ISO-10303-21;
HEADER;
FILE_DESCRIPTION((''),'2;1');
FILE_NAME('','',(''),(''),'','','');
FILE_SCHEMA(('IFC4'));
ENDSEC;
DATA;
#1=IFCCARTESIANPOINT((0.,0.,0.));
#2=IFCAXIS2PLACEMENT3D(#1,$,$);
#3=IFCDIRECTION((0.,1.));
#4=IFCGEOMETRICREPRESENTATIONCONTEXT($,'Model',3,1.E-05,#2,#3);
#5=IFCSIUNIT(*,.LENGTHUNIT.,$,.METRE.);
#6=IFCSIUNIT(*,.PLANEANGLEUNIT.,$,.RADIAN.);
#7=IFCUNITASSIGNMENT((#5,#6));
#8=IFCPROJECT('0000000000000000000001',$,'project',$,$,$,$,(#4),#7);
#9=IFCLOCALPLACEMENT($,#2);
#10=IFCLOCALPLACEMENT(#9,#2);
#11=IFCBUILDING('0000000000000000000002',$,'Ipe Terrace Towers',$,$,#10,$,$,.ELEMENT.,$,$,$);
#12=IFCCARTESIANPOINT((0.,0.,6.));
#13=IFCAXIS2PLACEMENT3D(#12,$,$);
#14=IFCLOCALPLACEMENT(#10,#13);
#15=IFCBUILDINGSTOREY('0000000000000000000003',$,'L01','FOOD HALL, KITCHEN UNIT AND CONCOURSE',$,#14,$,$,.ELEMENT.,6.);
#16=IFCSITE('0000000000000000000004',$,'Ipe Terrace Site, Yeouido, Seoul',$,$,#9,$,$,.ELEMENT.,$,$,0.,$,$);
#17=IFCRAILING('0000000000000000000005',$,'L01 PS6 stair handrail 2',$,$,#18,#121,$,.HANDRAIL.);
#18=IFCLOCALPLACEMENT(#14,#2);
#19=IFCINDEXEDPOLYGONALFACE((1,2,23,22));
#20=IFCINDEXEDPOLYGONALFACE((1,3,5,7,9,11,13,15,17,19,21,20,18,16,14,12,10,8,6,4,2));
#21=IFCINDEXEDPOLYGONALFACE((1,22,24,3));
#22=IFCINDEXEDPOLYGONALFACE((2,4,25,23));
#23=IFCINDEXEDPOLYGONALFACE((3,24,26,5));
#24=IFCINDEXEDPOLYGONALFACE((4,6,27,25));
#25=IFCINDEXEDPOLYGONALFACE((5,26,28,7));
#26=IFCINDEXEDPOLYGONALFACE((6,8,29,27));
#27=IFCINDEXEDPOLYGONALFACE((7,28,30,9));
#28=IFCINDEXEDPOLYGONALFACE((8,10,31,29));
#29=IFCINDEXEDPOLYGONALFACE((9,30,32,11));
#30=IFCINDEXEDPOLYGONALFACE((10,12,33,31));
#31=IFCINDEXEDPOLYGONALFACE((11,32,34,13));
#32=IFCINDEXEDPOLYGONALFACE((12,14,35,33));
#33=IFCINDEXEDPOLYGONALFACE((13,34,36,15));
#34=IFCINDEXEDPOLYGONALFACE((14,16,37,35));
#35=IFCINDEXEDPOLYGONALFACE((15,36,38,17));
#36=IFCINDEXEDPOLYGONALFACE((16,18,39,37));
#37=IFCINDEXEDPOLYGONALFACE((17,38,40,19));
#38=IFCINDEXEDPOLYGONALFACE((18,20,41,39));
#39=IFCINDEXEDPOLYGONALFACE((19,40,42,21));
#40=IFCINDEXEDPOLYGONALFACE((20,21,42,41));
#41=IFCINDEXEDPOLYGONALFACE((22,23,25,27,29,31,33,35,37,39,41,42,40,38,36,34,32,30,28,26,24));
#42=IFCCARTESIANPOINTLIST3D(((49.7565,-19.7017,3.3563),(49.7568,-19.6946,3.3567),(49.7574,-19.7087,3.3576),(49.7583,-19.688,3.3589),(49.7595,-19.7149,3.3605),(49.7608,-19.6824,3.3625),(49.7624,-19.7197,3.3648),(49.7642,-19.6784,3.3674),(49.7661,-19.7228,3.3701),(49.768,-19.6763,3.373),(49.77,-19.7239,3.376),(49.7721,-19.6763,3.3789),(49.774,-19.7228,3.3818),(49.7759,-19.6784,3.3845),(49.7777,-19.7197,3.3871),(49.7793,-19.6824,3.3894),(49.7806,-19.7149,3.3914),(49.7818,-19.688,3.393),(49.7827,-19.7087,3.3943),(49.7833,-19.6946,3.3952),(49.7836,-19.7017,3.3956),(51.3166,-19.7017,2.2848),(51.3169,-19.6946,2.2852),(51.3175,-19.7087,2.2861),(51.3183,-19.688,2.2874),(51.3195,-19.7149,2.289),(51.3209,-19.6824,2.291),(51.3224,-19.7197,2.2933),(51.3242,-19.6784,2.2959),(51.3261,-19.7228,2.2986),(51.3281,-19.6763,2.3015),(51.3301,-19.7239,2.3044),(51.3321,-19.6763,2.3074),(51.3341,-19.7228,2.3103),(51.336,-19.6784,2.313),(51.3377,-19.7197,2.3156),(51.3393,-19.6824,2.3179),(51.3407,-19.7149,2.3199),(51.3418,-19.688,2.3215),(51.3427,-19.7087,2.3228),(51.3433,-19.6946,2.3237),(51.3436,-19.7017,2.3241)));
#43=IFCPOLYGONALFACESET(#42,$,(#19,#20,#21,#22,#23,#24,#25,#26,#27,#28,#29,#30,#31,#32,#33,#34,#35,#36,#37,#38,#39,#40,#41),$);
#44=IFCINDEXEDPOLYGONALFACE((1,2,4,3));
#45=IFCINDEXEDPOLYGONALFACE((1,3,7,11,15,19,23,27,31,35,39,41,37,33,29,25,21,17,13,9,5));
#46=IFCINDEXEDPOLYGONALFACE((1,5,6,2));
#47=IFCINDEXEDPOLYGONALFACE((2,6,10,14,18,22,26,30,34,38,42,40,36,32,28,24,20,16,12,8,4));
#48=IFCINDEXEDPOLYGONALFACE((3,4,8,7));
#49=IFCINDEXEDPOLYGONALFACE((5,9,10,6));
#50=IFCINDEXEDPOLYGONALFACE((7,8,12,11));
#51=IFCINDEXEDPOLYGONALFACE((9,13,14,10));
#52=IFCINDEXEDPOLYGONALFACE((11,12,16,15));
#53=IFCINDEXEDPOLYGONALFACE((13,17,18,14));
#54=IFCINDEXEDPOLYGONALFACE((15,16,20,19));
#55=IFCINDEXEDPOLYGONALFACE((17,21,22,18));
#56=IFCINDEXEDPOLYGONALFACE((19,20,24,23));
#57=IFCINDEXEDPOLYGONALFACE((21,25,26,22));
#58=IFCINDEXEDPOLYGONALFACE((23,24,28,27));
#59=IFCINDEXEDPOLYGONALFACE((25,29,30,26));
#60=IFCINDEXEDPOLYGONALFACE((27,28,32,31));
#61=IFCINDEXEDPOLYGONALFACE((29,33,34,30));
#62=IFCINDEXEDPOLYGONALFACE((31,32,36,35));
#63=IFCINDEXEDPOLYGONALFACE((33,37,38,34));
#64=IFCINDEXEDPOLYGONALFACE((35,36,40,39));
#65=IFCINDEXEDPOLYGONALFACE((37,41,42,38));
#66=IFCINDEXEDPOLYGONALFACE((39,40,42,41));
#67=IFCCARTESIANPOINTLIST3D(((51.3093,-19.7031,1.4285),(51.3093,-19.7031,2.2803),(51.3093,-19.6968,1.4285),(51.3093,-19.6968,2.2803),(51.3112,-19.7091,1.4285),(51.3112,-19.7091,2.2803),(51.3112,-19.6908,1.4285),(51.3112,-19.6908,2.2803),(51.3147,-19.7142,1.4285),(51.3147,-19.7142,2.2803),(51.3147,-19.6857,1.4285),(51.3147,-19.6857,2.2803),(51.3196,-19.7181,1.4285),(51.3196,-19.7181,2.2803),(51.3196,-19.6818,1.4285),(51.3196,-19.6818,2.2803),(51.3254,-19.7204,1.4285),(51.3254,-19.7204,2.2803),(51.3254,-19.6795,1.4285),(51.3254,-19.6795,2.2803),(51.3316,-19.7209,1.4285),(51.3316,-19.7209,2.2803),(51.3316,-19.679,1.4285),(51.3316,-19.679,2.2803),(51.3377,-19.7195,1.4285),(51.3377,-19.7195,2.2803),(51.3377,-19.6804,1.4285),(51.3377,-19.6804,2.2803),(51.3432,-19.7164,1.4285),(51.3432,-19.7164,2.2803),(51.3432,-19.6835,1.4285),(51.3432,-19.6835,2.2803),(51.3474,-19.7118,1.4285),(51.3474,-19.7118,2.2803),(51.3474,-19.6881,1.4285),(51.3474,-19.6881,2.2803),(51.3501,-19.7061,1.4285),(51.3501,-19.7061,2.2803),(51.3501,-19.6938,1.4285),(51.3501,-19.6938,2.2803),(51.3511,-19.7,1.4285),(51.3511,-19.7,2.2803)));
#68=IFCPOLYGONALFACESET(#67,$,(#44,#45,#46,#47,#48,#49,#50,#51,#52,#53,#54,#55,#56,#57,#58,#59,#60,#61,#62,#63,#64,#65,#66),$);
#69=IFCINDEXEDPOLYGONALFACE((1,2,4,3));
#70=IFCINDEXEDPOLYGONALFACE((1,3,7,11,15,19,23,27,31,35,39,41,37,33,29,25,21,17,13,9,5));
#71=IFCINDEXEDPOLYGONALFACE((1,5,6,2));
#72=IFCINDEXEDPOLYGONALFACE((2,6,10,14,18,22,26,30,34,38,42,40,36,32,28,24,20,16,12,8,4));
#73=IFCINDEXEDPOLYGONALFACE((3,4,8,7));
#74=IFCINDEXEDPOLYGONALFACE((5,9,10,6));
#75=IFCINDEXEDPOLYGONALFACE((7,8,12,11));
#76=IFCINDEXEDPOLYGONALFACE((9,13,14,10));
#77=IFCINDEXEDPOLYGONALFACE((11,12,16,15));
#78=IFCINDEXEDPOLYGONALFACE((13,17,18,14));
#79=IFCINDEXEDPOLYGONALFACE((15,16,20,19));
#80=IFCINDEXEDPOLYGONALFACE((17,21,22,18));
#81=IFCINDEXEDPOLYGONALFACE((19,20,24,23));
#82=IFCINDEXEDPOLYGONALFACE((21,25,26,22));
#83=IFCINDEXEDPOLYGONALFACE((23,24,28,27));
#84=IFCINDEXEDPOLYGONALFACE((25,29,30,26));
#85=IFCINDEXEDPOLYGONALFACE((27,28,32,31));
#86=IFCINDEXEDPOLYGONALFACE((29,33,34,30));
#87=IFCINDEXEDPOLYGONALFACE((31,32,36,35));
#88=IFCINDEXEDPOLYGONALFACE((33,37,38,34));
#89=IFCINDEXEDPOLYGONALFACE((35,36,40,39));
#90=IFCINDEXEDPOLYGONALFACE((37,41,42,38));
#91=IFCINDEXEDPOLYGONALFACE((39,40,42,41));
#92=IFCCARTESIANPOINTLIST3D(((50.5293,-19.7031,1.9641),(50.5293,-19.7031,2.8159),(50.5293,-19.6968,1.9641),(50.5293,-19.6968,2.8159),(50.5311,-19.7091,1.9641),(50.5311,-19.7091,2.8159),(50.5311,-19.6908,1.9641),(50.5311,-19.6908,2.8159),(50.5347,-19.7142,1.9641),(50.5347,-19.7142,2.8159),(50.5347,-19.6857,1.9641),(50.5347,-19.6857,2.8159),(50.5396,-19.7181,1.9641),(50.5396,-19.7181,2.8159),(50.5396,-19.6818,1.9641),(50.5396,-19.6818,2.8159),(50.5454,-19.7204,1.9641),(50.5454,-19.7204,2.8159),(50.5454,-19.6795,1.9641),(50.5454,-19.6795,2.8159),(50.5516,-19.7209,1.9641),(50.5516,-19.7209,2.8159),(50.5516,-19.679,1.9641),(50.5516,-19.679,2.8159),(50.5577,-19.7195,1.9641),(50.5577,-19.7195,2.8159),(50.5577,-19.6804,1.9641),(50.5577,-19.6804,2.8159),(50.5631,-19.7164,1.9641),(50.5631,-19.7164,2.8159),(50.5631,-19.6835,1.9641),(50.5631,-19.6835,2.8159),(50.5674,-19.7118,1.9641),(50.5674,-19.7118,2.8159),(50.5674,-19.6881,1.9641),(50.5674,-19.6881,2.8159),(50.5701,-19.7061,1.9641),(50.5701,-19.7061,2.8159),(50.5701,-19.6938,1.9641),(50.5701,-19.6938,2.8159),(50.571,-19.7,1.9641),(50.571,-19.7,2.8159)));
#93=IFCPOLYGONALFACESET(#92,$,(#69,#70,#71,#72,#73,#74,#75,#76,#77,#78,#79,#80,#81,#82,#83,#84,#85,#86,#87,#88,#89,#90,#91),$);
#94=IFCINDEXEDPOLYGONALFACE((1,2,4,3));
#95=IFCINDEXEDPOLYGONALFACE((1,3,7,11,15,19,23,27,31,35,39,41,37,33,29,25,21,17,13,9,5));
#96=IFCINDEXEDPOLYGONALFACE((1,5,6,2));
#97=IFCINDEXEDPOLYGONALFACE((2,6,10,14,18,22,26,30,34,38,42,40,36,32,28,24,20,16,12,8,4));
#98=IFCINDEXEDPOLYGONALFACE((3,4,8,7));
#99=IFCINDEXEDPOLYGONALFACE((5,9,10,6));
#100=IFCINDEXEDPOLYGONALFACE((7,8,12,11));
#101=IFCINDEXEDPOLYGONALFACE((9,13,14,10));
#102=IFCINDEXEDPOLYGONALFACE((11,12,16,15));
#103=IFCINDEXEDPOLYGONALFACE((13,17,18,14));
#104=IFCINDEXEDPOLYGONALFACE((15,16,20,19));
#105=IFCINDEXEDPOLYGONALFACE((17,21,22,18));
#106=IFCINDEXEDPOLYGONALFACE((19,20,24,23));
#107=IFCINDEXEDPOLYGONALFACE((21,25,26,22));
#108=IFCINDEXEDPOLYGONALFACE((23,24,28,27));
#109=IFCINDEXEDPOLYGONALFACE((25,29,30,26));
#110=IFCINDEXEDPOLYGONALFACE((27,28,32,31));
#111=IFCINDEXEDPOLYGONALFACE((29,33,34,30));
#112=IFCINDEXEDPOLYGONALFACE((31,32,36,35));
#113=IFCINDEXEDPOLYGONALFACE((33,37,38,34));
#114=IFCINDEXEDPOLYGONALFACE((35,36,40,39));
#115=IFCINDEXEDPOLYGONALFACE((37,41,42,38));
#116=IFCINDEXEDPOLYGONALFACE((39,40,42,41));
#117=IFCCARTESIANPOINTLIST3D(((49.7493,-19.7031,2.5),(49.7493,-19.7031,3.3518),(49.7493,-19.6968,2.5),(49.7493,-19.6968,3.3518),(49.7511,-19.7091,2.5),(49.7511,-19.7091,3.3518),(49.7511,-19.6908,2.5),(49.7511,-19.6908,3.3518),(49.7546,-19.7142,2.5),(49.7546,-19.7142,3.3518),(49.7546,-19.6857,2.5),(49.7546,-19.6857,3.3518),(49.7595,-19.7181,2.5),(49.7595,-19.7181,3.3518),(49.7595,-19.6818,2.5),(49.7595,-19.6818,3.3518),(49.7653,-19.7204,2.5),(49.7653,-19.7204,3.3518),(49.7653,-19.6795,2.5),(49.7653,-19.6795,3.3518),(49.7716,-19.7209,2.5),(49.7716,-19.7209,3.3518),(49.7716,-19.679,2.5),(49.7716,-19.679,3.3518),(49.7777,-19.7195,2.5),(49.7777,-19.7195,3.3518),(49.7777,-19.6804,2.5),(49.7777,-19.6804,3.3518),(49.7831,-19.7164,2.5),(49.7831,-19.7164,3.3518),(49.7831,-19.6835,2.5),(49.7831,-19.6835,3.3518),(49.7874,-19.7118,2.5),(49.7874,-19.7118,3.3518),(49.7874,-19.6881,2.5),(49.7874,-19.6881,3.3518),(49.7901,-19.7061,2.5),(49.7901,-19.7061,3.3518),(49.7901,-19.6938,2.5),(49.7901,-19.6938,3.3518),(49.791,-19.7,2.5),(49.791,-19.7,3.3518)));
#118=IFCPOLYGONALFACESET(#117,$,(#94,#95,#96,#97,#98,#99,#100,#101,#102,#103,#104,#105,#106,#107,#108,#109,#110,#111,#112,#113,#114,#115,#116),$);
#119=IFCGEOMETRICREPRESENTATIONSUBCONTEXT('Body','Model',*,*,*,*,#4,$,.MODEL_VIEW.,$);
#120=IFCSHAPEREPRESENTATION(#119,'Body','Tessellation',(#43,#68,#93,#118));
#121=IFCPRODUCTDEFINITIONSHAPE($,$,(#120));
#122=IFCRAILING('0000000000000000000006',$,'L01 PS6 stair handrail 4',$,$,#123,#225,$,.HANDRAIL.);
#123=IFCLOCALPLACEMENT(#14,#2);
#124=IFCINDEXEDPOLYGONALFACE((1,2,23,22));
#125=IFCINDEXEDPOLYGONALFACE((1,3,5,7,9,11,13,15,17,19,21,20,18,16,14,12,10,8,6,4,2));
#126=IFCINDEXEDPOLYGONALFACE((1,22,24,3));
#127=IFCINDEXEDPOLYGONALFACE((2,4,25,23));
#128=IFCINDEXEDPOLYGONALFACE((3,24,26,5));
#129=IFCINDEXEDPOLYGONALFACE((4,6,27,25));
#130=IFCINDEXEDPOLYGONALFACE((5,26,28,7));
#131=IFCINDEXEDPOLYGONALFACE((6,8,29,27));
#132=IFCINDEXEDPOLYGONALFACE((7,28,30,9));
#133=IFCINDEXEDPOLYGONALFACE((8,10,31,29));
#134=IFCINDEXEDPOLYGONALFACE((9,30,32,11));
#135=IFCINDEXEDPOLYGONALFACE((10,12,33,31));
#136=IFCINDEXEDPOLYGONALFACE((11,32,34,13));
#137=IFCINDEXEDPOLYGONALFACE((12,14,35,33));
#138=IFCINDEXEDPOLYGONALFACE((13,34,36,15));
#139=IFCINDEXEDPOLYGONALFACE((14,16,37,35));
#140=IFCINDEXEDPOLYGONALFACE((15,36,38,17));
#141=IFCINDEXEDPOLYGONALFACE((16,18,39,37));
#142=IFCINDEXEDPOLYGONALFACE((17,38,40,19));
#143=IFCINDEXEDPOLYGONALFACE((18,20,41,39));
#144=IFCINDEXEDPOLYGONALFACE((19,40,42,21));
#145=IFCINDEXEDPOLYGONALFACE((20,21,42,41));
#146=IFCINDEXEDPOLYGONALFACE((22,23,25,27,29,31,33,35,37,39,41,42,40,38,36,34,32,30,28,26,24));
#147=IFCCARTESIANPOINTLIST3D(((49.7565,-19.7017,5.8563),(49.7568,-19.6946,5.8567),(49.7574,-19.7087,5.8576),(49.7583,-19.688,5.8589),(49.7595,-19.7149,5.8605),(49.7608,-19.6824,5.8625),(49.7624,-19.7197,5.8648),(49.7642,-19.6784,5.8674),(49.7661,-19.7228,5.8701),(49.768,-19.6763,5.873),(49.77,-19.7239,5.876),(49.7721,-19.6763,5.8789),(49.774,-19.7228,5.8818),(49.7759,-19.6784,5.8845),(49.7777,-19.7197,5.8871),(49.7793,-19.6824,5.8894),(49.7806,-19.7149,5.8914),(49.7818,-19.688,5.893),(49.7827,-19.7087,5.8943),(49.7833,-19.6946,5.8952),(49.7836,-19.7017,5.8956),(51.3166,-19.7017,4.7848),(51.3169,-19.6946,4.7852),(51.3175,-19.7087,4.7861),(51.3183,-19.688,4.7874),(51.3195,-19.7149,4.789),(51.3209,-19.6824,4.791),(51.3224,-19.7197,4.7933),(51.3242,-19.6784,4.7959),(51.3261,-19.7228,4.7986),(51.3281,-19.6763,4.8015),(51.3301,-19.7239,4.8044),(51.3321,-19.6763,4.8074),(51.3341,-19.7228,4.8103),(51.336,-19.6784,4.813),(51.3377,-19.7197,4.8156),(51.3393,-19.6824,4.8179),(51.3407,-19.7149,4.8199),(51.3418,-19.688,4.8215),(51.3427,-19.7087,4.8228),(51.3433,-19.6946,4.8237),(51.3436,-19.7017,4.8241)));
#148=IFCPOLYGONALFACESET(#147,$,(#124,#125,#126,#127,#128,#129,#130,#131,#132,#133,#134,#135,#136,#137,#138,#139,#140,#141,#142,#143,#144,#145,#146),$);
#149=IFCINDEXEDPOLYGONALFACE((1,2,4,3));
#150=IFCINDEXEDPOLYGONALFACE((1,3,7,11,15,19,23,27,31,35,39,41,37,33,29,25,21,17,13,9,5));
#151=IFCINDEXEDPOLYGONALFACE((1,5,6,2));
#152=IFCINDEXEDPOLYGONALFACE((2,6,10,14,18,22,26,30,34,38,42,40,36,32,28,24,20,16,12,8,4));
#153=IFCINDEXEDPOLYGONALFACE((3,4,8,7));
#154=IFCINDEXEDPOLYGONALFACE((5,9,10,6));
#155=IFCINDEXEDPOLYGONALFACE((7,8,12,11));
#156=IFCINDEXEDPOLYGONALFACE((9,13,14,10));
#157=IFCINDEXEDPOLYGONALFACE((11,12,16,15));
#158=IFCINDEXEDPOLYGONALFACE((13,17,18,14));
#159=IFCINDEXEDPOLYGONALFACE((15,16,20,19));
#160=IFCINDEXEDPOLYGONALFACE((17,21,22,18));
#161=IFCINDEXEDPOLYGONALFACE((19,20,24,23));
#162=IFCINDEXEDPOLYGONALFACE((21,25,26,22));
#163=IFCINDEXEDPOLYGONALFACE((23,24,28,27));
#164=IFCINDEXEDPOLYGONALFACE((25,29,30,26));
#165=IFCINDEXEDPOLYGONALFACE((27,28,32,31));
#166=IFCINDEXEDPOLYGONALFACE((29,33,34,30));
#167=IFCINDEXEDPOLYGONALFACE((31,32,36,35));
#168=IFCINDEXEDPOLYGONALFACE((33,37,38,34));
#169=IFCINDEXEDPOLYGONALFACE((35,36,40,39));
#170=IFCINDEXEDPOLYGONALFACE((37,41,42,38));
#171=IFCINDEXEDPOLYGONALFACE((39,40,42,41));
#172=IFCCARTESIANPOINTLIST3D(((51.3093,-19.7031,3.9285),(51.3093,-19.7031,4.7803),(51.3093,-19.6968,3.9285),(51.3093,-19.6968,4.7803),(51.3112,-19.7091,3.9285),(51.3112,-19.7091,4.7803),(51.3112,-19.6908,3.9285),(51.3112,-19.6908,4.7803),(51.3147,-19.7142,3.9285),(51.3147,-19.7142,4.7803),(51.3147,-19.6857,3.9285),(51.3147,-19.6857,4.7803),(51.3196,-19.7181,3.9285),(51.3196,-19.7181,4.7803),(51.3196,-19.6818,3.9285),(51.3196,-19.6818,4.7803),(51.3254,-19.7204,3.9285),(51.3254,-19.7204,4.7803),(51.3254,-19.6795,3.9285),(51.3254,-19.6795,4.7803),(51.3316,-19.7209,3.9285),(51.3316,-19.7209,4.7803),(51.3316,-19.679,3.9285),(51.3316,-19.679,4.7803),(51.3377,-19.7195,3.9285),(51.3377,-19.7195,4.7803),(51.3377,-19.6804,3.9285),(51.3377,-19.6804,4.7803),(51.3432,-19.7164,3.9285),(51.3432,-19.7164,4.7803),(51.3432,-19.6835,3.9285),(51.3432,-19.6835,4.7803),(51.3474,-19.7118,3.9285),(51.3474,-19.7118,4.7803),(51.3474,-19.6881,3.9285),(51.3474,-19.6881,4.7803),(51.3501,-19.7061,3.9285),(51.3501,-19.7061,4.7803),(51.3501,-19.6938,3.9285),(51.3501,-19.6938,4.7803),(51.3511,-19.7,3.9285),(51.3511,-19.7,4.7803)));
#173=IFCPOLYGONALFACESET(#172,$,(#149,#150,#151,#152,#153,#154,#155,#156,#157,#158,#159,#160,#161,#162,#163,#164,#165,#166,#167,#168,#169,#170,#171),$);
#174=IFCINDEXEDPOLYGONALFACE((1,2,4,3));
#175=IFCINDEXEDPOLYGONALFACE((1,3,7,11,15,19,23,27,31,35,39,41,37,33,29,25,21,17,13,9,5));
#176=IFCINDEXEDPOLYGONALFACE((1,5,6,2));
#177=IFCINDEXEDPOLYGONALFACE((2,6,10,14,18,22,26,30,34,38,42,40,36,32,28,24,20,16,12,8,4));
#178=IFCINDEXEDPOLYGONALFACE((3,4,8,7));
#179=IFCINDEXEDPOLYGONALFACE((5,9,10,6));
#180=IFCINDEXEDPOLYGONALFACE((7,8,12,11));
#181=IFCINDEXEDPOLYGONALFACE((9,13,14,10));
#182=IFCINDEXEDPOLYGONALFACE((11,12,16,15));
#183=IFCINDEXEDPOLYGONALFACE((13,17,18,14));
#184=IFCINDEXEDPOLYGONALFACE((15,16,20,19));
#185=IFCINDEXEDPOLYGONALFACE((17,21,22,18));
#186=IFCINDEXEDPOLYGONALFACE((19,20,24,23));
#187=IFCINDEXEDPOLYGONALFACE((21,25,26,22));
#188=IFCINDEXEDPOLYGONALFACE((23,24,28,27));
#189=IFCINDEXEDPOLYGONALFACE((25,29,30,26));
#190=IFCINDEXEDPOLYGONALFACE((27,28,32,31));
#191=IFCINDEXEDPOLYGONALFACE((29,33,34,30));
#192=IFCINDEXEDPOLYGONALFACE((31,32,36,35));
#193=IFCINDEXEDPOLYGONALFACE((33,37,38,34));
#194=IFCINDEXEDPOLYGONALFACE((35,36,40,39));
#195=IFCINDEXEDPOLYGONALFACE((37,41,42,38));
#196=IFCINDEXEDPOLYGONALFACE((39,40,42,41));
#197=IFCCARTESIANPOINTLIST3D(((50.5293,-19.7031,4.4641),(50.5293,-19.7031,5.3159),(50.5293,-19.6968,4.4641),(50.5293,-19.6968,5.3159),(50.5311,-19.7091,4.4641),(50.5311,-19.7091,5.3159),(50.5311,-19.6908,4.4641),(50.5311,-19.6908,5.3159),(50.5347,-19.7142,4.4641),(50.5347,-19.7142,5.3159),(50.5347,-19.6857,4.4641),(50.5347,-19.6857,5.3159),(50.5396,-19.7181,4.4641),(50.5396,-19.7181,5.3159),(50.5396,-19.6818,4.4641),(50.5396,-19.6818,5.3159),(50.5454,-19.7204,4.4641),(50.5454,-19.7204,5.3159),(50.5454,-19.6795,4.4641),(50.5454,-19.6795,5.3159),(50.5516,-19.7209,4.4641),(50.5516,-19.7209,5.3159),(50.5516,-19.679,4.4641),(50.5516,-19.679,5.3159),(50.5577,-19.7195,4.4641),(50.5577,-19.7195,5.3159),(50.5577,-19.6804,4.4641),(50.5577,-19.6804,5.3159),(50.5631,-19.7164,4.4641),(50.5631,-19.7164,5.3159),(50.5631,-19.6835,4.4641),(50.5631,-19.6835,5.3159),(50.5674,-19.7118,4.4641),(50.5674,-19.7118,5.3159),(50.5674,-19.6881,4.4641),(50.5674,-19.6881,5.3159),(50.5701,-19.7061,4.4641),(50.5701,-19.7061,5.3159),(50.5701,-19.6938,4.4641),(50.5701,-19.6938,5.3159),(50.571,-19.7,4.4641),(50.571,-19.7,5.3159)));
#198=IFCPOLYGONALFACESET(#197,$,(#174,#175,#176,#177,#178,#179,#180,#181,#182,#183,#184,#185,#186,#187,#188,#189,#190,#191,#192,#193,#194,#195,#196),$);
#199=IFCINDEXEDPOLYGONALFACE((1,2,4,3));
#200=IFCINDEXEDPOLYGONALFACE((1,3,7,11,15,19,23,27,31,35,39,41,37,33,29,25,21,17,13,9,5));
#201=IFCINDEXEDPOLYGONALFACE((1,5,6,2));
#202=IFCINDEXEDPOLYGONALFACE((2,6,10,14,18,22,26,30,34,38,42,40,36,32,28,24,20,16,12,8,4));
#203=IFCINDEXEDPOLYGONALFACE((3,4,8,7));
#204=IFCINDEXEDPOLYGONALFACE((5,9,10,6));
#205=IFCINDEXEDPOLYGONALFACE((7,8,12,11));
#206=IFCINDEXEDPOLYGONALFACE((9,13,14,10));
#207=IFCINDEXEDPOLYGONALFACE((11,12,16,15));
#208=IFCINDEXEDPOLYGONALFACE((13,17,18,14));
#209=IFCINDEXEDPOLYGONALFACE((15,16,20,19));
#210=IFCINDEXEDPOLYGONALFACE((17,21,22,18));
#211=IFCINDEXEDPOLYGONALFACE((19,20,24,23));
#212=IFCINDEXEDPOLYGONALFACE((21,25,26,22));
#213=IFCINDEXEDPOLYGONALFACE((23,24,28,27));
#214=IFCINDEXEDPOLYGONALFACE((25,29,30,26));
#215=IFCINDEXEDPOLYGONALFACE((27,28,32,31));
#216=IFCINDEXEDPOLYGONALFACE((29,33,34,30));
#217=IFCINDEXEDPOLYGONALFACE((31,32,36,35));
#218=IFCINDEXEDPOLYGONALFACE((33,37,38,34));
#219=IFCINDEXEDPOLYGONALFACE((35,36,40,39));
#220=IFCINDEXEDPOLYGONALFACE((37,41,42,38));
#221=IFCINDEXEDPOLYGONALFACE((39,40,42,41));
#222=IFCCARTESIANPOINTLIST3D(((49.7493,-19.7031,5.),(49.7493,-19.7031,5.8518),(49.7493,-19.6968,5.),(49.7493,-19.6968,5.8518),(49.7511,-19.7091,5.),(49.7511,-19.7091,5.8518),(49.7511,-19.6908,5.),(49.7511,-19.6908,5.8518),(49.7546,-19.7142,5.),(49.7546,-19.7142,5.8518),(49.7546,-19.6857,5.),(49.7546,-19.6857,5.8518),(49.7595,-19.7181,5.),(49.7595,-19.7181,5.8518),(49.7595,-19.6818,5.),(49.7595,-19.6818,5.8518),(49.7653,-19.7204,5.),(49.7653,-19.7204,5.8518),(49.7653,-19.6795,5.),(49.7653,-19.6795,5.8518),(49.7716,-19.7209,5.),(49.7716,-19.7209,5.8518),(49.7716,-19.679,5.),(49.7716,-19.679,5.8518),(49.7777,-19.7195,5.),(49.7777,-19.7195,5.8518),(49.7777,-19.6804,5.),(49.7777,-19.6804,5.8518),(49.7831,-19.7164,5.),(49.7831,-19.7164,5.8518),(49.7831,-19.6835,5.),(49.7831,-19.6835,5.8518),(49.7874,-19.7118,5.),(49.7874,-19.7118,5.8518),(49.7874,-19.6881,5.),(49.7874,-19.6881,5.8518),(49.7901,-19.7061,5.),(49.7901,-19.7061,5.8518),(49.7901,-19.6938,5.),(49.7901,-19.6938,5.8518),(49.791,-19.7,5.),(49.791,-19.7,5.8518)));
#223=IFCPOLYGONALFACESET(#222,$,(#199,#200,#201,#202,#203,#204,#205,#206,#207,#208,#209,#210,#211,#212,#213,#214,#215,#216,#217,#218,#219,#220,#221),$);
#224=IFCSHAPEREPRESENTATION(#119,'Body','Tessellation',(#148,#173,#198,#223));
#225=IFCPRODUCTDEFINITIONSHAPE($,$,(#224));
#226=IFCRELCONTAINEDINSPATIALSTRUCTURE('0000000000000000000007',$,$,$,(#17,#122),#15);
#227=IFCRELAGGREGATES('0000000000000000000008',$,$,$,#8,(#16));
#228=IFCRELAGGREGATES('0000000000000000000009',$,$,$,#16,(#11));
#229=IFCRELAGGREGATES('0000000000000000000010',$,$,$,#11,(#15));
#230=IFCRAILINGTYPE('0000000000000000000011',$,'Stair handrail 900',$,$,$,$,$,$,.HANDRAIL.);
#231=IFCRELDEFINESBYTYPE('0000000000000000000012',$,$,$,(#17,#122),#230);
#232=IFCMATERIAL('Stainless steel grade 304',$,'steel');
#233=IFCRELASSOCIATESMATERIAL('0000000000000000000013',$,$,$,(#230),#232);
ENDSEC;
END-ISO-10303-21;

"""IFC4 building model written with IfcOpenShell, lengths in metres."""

from ifc_helpers import new_model, si_unit, direction, frame, origin, origin_2d, place, context, subcontext, project, spatial, circle, extrude, material, type_object, element, save


model = new_model("IFC4")

# Units and contexts
model_context = context("Model", 3, precision=1e-05, world=origin(), true_north=direction((0.0, 1.0)))
body_context = subcontext(model_context, "Body", "Model", "MODEL_VIEW")
ifc_project = project(units=[si_unit("LENGTHUNIT", "METRE"), si_unit("PLANEANGLEUNIT", "RADIAN")], contexts=[model_context])

# Site, building, storey
site_placement = place(None, origin())
site = spatial("IfcSite", under=ifc_project, at=site_placement, Name="Ipe Terrace Site, Yeouido, Seoul", CompositionType="ELEMENT", RefElevation=0.0)
building_placement = place(site_placement, origin())
building = spatial("IfcBuilding", under=site, at=building_placement, Name="Ipe Terrace Towers", CompositionType="ELEMENT")
storey_placement = place(building_placement, frame((0.0, 0.0, 6.0)))
storey = spatial("IfcBuildingStorey", under=building, at=storey_placement, Name="L01", Description="FOOD HALL, KITCHEN UNIT AND CONCOURSE", CompositionType="ELEMENT", Elevation=6.0)

# Railings
ifc_material_1 = material(Name="Stainless steel grade 304", Category="steel")
railing_type_1 = type_object("IfcRailingType", Name="Stair handrail 900", PredefinedType="HANDRAIL", material=ifc_material_1)
for number, where, name in (
    (1, (51.3301, -19.7, 1.4285), "L01 PS6 stair handrail 2"),
    (2, (51.3301, -19.7, 3.9285), "L01 PS6 stair handrail 4"),
):
    element("IfcRailing", number, at=place(storey_placement, frame(where)), inside=storey, type_object=railing_type_1, Name=name, PredefinedType="HANDRAIL", context=body_context, shape_type="SweptSolid", body=[
        extrude(circle(Radius=0.0239, at=origin_2d()), frame((0.0, 0.0, 0.876), z_axis=(-0.82429, 0.0, 0.566167), x_axis=(0.0, -1.0, 0.0)), (0.0, 0.0, 1.0), 1.8926),
        extrude(circle(Radius=0.021, at=origin_2d()), origin(), (0.0, 0.0, 1.0), 0.8518),
        extrude(circle(Radius=0.021, at=origin_2d()), frame((-0.78, 0.0, 0.5356)), (0.0, 0.0, 1.0), 0.8518),
        extrude(circle(Radius=0.021, at=origin_2d()), frame((-1.5601, 0.0, 1.0715)), (0.0, 0.0, 1.0), 0.8518),
    ])

save(model, "model.ifc")
